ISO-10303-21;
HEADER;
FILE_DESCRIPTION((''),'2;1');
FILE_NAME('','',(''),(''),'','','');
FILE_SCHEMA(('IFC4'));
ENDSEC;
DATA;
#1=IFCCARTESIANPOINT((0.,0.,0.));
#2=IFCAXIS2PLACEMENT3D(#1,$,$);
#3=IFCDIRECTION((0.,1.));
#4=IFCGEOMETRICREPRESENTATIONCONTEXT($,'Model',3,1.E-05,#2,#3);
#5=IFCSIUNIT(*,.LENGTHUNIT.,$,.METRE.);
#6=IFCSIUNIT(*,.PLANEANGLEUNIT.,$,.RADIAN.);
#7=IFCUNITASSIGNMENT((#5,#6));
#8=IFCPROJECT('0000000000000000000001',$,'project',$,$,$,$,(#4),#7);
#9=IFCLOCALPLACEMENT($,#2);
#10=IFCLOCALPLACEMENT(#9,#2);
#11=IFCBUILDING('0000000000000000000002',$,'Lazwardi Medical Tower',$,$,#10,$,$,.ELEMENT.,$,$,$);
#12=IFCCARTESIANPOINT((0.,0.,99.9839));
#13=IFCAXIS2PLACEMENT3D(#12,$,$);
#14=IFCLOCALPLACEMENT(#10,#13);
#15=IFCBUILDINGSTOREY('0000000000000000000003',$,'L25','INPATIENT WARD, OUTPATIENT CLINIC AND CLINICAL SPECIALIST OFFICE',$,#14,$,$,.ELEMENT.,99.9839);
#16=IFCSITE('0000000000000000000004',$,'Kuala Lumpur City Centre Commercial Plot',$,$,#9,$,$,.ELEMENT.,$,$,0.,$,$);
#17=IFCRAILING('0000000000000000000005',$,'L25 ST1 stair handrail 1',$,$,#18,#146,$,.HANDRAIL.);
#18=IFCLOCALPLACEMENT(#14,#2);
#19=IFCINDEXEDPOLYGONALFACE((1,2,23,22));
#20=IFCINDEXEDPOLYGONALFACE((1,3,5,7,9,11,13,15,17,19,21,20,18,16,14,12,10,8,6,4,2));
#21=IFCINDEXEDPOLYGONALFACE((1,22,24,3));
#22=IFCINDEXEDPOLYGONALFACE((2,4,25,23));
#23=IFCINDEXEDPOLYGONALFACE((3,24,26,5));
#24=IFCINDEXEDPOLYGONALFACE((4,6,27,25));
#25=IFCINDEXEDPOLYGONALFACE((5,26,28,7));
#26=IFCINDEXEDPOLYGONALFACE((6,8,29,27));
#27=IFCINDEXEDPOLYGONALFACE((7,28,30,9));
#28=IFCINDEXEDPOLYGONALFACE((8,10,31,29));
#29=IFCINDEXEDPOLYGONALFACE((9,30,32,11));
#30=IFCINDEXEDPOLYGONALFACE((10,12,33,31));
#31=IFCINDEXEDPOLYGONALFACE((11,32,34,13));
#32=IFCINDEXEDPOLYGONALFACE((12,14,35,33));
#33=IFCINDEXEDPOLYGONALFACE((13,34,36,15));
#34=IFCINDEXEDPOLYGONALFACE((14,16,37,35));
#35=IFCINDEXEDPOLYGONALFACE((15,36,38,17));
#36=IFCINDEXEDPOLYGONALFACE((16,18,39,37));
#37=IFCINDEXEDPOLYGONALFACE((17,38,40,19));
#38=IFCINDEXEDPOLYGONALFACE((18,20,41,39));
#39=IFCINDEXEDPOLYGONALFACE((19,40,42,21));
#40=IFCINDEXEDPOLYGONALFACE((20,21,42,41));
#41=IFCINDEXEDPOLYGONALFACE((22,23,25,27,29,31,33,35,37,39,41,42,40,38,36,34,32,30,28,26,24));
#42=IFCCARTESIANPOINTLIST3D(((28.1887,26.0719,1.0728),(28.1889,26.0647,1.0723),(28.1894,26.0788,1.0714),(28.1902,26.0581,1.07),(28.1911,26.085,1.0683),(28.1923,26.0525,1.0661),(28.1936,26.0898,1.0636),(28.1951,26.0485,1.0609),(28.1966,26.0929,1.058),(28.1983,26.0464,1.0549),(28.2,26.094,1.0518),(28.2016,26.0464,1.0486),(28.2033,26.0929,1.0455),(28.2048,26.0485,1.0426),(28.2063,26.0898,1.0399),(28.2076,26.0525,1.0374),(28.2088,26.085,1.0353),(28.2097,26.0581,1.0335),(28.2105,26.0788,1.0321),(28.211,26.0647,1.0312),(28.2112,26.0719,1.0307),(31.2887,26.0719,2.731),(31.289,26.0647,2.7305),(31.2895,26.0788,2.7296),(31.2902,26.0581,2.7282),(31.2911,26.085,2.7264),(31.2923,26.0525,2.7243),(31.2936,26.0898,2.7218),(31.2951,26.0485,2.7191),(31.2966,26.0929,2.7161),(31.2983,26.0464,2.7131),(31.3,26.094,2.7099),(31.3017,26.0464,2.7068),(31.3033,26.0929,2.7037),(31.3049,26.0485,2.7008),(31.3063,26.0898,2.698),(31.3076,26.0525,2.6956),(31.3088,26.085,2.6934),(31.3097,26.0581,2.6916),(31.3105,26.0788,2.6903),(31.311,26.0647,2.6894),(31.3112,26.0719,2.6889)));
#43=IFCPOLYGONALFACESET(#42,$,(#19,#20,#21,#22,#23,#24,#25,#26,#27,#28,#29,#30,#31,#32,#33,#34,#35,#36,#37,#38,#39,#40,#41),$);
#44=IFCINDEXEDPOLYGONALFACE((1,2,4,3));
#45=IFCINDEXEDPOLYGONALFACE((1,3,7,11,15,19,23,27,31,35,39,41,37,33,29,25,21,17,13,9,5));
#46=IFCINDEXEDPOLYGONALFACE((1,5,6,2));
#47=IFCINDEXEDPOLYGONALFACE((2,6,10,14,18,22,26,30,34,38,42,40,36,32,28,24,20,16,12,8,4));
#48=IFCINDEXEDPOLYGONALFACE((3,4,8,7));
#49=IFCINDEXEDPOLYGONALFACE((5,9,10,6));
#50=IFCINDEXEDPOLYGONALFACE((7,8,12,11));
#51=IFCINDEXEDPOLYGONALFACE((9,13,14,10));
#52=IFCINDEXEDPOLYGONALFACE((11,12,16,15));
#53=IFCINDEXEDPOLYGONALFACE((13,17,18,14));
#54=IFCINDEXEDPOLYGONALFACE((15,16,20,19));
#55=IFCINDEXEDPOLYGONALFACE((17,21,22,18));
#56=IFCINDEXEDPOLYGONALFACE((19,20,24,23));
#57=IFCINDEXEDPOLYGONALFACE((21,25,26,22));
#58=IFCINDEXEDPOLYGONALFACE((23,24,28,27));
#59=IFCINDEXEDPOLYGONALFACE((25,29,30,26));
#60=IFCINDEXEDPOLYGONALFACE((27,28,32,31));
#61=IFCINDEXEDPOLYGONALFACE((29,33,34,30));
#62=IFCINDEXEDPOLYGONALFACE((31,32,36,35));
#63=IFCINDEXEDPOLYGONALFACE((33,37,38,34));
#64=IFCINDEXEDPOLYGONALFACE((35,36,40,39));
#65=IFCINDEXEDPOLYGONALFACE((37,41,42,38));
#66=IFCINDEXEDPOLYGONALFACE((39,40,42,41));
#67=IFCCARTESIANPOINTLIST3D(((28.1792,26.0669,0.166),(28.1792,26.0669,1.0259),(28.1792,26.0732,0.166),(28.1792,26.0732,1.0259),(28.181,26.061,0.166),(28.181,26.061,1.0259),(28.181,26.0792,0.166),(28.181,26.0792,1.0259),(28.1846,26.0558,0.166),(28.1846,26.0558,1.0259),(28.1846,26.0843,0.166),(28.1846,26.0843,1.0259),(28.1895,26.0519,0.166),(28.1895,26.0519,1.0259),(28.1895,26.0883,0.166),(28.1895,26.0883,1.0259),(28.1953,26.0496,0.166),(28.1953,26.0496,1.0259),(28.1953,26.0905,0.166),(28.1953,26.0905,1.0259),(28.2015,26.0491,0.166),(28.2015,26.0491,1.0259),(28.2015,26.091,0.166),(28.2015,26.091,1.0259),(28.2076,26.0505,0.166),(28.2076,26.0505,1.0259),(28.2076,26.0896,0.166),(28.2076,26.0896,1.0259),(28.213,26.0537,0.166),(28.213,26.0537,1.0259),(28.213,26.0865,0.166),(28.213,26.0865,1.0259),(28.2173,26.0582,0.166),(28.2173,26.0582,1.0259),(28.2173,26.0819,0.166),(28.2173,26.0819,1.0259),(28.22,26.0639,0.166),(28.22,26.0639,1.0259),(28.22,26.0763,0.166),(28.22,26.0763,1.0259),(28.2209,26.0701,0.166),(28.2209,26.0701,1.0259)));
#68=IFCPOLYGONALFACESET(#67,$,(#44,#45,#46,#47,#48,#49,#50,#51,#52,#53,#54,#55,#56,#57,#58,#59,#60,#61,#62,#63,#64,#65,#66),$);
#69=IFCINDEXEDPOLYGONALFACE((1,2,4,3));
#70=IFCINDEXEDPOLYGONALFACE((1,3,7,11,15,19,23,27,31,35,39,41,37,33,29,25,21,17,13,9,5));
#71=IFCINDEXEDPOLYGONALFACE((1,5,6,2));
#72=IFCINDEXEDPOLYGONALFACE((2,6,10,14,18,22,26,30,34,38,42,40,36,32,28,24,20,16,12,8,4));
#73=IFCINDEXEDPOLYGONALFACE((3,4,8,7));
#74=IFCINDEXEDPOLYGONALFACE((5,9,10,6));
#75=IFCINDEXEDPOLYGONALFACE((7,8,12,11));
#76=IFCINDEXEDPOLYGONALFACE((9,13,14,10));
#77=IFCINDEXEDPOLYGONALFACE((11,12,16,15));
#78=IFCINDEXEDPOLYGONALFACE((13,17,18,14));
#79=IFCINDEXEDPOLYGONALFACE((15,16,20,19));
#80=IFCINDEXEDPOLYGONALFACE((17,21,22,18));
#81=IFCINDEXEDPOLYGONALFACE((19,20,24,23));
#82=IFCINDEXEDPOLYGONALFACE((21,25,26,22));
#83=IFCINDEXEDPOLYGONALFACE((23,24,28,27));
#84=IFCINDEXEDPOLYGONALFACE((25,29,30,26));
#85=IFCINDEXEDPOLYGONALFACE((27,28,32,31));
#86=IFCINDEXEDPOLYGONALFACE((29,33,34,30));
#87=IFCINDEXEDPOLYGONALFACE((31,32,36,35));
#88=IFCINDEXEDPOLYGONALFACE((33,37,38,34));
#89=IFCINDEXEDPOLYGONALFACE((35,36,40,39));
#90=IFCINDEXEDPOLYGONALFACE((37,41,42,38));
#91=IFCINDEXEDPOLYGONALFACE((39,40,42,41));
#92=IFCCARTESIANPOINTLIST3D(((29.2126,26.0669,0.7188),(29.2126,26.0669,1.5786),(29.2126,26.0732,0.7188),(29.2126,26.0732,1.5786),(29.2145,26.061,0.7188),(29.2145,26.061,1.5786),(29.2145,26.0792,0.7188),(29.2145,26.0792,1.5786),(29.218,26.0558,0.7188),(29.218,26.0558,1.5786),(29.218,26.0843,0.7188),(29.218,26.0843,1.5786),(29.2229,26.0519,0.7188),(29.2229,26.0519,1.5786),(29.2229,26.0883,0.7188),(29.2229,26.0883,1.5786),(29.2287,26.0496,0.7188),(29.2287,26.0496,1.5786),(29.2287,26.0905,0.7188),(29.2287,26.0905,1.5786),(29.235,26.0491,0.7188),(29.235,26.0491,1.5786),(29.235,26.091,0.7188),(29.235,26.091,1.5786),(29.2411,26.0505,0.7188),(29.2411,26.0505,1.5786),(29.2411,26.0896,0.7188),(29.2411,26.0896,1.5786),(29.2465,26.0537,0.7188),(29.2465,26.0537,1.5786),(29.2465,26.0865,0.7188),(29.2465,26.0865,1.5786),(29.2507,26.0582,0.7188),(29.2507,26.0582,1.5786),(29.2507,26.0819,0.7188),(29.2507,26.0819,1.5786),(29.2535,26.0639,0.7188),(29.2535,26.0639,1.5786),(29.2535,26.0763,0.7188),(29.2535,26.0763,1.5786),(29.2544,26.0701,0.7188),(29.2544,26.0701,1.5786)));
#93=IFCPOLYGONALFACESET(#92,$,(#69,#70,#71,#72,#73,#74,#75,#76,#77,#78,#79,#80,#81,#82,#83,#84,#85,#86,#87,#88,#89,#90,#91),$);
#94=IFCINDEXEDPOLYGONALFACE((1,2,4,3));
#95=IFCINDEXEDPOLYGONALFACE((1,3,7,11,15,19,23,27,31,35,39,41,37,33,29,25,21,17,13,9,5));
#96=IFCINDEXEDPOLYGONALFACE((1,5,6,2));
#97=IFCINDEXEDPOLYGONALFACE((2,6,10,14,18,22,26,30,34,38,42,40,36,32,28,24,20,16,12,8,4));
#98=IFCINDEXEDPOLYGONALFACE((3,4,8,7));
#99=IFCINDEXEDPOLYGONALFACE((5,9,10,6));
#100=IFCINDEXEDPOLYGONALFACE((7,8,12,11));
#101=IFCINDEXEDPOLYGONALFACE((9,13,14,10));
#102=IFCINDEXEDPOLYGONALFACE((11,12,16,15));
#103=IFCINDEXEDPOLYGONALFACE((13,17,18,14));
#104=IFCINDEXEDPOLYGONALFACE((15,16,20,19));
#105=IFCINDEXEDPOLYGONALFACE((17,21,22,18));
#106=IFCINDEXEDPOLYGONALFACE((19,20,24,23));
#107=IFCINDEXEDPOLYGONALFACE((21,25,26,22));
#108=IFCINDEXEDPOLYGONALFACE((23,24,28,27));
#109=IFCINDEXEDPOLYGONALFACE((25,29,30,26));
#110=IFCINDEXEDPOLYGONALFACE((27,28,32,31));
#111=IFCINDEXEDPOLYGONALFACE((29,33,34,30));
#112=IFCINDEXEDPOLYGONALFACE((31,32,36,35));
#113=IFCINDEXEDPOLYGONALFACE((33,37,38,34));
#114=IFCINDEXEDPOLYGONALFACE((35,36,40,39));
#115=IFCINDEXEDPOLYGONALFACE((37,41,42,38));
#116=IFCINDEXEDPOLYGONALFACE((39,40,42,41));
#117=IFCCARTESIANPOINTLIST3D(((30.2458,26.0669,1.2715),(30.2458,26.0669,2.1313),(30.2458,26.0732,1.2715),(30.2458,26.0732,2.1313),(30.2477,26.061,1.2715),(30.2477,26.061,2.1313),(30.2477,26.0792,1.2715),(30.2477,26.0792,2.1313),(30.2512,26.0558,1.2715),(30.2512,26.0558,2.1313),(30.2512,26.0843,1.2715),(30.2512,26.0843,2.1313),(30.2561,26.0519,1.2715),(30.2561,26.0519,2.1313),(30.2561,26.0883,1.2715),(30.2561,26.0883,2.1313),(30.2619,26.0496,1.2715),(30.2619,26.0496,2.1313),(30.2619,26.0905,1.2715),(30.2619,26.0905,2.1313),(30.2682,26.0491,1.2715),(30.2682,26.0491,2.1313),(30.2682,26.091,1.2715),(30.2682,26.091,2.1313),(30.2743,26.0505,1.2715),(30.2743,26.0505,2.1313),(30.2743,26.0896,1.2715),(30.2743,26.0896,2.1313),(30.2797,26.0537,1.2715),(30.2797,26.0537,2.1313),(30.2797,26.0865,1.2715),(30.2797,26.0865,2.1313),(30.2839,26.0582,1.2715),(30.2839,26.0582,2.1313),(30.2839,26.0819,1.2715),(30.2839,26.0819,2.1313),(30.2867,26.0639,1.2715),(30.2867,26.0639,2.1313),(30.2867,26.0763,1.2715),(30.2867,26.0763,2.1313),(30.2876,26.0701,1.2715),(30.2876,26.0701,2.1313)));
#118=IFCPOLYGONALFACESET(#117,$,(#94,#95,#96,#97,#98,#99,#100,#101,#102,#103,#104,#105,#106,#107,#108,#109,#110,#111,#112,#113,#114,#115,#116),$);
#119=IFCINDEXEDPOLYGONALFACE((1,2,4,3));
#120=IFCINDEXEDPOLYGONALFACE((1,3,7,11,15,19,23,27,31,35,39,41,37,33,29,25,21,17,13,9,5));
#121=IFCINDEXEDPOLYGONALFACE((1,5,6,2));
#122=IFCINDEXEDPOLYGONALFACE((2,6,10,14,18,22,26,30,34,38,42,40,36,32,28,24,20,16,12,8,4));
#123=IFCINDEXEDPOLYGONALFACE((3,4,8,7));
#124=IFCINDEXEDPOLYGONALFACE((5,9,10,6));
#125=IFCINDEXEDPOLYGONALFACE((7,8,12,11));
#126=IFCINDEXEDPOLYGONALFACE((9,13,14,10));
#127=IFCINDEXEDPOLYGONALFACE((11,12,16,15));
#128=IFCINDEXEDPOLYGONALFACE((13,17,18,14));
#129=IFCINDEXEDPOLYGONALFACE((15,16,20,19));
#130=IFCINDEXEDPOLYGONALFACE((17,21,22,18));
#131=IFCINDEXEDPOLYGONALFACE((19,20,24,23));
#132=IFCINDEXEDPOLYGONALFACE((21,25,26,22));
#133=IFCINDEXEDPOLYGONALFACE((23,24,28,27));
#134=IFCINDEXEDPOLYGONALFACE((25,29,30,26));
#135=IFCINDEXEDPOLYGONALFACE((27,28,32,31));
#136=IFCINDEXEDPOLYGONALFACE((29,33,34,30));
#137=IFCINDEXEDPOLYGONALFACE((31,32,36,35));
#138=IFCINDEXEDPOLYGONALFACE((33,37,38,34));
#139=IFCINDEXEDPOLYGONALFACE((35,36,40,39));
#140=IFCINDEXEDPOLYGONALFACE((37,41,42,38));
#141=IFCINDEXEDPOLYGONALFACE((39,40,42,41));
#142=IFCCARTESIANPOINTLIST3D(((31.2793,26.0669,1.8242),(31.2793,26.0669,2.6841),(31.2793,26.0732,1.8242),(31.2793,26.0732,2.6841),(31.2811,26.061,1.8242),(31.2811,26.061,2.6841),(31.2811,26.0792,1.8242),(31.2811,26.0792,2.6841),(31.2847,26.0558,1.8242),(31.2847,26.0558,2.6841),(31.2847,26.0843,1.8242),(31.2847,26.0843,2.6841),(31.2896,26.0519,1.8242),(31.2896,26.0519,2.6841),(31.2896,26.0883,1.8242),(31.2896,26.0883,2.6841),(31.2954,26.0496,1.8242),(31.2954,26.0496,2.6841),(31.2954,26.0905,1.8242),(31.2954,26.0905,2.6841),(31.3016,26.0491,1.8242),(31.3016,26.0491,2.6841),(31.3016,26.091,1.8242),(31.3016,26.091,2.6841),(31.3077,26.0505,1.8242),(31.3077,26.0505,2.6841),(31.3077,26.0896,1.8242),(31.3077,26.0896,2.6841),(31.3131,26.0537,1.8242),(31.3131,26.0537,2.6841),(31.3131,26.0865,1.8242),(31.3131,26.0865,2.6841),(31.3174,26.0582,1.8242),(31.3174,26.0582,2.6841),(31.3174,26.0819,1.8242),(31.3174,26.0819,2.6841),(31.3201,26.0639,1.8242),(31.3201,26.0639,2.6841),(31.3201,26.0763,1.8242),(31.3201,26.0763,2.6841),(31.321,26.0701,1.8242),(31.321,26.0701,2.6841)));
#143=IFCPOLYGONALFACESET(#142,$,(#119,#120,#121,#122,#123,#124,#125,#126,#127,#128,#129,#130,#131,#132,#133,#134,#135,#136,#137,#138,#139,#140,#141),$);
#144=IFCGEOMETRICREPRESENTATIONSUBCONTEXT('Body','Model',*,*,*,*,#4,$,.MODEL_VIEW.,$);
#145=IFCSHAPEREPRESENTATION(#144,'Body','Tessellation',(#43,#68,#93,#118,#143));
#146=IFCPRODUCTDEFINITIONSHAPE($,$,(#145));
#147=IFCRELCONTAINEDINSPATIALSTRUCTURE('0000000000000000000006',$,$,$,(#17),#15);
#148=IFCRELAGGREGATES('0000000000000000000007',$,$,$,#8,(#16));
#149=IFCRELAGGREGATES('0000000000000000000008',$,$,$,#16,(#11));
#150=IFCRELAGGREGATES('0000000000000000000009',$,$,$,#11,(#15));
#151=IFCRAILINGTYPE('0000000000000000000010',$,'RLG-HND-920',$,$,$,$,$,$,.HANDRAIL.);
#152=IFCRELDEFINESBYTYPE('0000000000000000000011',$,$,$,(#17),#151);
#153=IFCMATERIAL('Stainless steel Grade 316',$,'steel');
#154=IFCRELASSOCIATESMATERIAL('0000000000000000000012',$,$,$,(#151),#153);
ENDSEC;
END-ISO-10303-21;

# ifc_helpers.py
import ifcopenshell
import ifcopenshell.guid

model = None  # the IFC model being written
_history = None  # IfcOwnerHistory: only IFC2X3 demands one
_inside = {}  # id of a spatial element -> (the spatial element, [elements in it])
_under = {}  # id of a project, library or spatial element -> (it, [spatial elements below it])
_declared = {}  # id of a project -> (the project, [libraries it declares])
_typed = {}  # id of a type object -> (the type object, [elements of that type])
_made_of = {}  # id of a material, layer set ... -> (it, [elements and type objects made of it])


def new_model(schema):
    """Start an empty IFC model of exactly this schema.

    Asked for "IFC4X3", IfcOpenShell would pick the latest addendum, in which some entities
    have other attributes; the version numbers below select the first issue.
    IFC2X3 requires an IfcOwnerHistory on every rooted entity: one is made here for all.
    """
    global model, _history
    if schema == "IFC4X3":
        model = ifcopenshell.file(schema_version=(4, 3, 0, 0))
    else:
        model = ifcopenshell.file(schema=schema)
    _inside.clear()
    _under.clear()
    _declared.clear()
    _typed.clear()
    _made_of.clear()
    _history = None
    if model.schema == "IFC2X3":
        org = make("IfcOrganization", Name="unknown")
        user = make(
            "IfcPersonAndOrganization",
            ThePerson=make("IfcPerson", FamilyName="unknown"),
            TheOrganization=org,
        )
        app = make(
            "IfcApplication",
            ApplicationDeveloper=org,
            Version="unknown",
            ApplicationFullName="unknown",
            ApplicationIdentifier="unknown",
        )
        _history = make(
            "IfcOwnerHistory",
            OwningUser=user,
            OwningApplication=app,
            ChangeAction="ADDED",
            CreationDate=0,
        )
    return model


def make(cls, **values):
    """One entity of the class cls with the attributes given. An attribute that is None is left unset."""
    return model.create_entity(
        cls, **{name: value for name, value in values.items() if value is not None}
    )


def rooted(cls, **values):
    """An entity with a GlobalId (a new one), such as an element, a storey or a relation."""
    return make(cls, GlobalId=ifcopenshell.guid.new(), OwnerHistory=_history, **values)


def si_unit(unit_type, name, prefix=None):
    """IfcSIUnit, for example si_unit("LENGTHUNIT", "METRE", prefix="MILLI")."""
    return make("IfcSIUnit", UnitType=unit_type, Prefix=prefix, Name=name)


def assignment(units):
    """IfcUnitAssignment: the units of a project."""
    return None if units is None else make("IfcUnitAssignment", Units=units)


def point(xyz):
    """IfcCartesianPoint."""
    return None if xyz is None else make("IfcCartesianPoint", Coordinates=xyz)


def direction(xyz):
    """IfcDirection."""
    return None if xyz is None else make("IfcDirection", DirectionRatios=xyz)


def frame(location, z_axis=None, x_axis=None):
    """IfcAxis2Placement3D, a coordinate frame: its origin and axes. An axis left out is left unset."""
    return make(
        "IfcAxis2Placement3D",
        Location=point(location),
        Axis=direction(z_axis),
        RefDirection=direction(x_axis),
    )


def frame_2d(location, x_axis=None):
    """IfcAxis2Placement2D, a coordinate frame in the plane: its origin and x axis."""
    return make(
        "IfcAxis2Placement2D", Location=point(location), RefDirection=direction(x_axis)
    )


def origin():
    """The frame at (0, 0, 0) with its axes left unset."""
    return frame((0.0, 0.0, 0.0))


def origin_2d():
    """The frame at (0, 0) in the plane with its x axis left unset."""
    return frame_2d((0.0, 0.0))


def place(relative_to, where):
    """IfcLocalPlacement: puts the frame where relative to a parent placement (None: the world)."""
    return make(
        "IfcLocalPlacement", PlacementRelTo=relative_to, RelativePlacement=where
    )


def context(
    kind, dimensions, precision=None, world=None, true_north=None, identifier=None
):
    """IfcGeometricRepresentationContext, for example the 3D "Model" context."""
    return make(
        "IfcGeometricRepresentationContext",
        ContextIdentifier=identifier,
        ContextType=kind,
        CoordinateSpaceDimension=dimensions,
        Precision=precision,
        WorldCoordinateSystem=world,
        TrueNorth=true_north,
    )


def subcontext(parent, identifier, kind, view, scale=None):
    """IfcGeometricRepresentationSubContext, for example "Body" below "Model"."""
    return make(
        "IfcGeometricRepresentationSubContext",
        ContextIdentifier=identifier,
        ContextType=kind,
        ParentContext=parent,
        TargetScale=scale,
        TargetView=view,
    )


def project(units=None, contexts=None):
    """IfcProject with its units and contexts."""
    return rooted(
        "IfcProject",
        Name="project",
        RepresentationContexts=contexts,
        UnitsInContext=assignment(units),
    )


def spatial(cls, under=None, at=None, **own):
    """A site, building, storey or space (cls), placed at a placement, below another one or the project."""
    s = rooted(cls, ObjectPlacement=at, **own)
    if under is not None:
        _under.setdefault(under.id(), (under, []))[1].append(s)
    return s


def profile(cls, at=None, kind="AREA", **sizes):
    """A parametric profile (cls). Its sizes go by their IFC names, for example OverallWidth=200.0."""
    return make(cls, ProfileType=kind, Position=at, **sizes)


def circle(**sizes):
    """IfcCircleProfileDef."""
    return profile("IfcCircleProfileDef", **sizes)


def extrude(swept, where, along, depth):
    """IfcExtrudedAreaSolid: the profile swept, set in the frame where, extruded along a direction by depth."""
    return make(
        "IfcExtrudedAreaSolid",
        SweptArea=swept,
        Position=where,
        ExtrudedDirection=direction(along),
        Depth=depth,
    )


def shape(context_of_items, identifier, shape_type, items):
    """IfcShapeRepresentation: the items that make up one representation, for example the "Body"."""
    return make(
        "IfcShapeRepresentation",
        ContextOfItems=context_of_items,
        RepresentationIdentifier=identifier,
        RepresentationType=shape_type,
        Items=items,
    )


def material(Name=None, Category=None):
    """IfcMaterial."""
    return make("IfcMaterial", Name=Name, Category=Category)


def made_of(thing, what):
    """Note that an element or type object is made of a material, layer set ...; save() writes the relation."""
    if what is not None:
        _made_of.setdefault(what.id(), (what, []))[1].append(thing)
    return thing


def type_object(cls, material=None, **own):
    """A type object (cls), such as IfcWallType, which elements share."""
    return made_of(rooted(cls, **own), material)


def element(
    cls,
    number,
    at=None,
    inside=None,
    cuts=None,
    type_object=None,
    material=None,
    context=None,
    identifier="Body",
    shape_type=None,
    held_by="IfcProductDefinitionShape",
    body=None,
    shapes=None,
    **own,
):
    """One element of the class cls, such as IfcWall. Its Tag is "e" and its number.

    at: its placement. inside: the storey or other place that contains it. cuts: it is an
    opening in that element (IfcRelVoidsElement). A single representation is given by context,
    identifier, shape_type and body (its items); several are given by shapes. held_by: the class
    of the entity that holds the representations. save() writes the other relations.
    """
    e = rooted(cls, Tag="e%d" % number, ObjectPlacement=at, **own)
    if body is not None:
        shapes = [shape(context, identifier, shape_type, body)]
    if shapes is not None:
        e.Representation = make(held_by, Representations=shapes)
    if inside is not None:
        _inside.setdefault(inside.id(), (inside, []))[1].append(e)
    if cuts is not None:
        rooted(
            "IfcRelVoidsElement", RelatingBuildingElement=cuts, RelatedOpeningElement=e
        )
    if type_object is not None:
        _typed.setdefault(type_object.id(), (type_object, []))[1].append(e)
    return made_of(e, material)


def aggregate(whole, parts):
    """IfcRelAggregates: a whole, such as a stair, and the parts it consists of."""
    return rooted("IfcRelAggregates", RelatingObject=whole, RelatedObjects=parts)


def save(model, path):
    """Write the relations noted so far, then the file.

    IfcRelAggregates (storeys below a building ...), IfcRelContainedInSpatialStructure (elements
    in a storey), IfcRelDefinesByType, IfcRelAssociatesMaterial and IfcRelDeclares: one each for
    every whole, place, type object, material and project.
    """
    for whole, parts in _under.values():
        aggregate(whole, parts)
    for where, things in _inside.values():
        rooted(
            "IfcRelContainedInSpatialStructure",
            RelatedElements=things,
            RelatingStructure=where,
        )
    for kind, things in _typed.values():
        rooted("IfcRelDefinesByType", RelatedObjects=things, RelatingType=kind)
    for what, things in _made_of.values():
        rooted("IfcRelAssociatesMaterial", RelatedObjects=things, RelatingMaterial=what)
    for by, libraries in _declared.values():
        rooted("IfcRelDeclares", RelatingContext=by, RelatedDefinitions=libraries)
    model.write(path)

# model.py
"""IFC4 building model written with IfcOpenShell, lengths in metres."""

from ifc_helpers import new_model, si_unit, direction, frame, origin, origin_2d, place, context, subcontext, project, spatial, circle, extrude, material, type_object, element, save


model = new_model("IFC4")

# Units and contexts
model_context = context("Model", 3, precision=1e-05, world=origin(), true_north=direction((0.0, 1.0)))
body_context = subcontext(model_context, "Body", "Model", "MODEL_VIEW")
ifc_project = project(units=[si_unit("LENGTHUNIT", "METRE"), si_unit("PLANEANGLEUNIT", "RADIAN")], contexts=[model_context])

# Site, building, storey
site_placement = place(None, origin())
site = spatial("IfcSite", under=ifc_project, at=site_placement, Name="Kuala Lumpur City Centre Commercial Plot", CompositionType="ELEMENT", RefElevation=0.0)
building_placement = place(site_placement, origin())
building = spatial("IfcBuilding", under=site, at=building_placement, Name="Lazwardi Medical Tower", CompositionType="ELEMENT")
storey_placement = place(building_placement, frame((0.0, 0.0, 99.9839)))
storey = spatial("IfcBuildingStorey", under=building, at=storey_placement, Name="L25", Description="INPATIENT WARD, OUTPATIENT CLINIC AND CLINICAL SPECIALIST OFFICE", CompositionType="ELEMENT", Elevation=99.9839)

# Railing
ifc_material_1 = material(Name="Stainless steel Grade 316", Category="steel")
railing_type_1 = type_object("IfcRailingType", Name="RLG-HND-920", PredefinedType="HANDRAIL", material=ifc_material_1)
railing_1_placement = place(storey_placement, frame((28.2, 26.0701, 0.166)))
element("IfcRailing", 1, at=railing_1_placement, inside=storey, type_object=railing_type_1, Name="L25 ST1 stair handrail 1", PredefinedType="HANDRAIL", context=body_context, shape_type="SweptSolid", body=[
    extrude(circle(Radius=0.0239, at=origin_2d()), frame((0.0, 0.0, 0.8857), z_axis=(0.881783, 0.0, 0.471655), x_axis=(0.0, 1.0, 0.0)), (0.0, 0.0, 1.0), 3.5156),
    extrude(circle(Radius=0.021, at=origin_2d()), origin(), (0.0, 0.0, 1.0), 0.8599),
    extrude(circle(Radius=0.021, at=origin_2d()), frame((1.0334, 0.0, 0.5527)), (0.0, 0.0, 1.0), 0.8599),
    extrude(circle(Radius=0.021, at=origin_2d()), frame((2.0667, 0.0, 1.1055)), (0.0, 0.0, 1.0), 0.8599),
    extrude(circle(Radius=0.021, at=origin_2d()), frame((3.1001, 0.0, 1.6582)), (0.0, 0.0, 1.0), 0.8599),
])

save(model, "model.ifc")
